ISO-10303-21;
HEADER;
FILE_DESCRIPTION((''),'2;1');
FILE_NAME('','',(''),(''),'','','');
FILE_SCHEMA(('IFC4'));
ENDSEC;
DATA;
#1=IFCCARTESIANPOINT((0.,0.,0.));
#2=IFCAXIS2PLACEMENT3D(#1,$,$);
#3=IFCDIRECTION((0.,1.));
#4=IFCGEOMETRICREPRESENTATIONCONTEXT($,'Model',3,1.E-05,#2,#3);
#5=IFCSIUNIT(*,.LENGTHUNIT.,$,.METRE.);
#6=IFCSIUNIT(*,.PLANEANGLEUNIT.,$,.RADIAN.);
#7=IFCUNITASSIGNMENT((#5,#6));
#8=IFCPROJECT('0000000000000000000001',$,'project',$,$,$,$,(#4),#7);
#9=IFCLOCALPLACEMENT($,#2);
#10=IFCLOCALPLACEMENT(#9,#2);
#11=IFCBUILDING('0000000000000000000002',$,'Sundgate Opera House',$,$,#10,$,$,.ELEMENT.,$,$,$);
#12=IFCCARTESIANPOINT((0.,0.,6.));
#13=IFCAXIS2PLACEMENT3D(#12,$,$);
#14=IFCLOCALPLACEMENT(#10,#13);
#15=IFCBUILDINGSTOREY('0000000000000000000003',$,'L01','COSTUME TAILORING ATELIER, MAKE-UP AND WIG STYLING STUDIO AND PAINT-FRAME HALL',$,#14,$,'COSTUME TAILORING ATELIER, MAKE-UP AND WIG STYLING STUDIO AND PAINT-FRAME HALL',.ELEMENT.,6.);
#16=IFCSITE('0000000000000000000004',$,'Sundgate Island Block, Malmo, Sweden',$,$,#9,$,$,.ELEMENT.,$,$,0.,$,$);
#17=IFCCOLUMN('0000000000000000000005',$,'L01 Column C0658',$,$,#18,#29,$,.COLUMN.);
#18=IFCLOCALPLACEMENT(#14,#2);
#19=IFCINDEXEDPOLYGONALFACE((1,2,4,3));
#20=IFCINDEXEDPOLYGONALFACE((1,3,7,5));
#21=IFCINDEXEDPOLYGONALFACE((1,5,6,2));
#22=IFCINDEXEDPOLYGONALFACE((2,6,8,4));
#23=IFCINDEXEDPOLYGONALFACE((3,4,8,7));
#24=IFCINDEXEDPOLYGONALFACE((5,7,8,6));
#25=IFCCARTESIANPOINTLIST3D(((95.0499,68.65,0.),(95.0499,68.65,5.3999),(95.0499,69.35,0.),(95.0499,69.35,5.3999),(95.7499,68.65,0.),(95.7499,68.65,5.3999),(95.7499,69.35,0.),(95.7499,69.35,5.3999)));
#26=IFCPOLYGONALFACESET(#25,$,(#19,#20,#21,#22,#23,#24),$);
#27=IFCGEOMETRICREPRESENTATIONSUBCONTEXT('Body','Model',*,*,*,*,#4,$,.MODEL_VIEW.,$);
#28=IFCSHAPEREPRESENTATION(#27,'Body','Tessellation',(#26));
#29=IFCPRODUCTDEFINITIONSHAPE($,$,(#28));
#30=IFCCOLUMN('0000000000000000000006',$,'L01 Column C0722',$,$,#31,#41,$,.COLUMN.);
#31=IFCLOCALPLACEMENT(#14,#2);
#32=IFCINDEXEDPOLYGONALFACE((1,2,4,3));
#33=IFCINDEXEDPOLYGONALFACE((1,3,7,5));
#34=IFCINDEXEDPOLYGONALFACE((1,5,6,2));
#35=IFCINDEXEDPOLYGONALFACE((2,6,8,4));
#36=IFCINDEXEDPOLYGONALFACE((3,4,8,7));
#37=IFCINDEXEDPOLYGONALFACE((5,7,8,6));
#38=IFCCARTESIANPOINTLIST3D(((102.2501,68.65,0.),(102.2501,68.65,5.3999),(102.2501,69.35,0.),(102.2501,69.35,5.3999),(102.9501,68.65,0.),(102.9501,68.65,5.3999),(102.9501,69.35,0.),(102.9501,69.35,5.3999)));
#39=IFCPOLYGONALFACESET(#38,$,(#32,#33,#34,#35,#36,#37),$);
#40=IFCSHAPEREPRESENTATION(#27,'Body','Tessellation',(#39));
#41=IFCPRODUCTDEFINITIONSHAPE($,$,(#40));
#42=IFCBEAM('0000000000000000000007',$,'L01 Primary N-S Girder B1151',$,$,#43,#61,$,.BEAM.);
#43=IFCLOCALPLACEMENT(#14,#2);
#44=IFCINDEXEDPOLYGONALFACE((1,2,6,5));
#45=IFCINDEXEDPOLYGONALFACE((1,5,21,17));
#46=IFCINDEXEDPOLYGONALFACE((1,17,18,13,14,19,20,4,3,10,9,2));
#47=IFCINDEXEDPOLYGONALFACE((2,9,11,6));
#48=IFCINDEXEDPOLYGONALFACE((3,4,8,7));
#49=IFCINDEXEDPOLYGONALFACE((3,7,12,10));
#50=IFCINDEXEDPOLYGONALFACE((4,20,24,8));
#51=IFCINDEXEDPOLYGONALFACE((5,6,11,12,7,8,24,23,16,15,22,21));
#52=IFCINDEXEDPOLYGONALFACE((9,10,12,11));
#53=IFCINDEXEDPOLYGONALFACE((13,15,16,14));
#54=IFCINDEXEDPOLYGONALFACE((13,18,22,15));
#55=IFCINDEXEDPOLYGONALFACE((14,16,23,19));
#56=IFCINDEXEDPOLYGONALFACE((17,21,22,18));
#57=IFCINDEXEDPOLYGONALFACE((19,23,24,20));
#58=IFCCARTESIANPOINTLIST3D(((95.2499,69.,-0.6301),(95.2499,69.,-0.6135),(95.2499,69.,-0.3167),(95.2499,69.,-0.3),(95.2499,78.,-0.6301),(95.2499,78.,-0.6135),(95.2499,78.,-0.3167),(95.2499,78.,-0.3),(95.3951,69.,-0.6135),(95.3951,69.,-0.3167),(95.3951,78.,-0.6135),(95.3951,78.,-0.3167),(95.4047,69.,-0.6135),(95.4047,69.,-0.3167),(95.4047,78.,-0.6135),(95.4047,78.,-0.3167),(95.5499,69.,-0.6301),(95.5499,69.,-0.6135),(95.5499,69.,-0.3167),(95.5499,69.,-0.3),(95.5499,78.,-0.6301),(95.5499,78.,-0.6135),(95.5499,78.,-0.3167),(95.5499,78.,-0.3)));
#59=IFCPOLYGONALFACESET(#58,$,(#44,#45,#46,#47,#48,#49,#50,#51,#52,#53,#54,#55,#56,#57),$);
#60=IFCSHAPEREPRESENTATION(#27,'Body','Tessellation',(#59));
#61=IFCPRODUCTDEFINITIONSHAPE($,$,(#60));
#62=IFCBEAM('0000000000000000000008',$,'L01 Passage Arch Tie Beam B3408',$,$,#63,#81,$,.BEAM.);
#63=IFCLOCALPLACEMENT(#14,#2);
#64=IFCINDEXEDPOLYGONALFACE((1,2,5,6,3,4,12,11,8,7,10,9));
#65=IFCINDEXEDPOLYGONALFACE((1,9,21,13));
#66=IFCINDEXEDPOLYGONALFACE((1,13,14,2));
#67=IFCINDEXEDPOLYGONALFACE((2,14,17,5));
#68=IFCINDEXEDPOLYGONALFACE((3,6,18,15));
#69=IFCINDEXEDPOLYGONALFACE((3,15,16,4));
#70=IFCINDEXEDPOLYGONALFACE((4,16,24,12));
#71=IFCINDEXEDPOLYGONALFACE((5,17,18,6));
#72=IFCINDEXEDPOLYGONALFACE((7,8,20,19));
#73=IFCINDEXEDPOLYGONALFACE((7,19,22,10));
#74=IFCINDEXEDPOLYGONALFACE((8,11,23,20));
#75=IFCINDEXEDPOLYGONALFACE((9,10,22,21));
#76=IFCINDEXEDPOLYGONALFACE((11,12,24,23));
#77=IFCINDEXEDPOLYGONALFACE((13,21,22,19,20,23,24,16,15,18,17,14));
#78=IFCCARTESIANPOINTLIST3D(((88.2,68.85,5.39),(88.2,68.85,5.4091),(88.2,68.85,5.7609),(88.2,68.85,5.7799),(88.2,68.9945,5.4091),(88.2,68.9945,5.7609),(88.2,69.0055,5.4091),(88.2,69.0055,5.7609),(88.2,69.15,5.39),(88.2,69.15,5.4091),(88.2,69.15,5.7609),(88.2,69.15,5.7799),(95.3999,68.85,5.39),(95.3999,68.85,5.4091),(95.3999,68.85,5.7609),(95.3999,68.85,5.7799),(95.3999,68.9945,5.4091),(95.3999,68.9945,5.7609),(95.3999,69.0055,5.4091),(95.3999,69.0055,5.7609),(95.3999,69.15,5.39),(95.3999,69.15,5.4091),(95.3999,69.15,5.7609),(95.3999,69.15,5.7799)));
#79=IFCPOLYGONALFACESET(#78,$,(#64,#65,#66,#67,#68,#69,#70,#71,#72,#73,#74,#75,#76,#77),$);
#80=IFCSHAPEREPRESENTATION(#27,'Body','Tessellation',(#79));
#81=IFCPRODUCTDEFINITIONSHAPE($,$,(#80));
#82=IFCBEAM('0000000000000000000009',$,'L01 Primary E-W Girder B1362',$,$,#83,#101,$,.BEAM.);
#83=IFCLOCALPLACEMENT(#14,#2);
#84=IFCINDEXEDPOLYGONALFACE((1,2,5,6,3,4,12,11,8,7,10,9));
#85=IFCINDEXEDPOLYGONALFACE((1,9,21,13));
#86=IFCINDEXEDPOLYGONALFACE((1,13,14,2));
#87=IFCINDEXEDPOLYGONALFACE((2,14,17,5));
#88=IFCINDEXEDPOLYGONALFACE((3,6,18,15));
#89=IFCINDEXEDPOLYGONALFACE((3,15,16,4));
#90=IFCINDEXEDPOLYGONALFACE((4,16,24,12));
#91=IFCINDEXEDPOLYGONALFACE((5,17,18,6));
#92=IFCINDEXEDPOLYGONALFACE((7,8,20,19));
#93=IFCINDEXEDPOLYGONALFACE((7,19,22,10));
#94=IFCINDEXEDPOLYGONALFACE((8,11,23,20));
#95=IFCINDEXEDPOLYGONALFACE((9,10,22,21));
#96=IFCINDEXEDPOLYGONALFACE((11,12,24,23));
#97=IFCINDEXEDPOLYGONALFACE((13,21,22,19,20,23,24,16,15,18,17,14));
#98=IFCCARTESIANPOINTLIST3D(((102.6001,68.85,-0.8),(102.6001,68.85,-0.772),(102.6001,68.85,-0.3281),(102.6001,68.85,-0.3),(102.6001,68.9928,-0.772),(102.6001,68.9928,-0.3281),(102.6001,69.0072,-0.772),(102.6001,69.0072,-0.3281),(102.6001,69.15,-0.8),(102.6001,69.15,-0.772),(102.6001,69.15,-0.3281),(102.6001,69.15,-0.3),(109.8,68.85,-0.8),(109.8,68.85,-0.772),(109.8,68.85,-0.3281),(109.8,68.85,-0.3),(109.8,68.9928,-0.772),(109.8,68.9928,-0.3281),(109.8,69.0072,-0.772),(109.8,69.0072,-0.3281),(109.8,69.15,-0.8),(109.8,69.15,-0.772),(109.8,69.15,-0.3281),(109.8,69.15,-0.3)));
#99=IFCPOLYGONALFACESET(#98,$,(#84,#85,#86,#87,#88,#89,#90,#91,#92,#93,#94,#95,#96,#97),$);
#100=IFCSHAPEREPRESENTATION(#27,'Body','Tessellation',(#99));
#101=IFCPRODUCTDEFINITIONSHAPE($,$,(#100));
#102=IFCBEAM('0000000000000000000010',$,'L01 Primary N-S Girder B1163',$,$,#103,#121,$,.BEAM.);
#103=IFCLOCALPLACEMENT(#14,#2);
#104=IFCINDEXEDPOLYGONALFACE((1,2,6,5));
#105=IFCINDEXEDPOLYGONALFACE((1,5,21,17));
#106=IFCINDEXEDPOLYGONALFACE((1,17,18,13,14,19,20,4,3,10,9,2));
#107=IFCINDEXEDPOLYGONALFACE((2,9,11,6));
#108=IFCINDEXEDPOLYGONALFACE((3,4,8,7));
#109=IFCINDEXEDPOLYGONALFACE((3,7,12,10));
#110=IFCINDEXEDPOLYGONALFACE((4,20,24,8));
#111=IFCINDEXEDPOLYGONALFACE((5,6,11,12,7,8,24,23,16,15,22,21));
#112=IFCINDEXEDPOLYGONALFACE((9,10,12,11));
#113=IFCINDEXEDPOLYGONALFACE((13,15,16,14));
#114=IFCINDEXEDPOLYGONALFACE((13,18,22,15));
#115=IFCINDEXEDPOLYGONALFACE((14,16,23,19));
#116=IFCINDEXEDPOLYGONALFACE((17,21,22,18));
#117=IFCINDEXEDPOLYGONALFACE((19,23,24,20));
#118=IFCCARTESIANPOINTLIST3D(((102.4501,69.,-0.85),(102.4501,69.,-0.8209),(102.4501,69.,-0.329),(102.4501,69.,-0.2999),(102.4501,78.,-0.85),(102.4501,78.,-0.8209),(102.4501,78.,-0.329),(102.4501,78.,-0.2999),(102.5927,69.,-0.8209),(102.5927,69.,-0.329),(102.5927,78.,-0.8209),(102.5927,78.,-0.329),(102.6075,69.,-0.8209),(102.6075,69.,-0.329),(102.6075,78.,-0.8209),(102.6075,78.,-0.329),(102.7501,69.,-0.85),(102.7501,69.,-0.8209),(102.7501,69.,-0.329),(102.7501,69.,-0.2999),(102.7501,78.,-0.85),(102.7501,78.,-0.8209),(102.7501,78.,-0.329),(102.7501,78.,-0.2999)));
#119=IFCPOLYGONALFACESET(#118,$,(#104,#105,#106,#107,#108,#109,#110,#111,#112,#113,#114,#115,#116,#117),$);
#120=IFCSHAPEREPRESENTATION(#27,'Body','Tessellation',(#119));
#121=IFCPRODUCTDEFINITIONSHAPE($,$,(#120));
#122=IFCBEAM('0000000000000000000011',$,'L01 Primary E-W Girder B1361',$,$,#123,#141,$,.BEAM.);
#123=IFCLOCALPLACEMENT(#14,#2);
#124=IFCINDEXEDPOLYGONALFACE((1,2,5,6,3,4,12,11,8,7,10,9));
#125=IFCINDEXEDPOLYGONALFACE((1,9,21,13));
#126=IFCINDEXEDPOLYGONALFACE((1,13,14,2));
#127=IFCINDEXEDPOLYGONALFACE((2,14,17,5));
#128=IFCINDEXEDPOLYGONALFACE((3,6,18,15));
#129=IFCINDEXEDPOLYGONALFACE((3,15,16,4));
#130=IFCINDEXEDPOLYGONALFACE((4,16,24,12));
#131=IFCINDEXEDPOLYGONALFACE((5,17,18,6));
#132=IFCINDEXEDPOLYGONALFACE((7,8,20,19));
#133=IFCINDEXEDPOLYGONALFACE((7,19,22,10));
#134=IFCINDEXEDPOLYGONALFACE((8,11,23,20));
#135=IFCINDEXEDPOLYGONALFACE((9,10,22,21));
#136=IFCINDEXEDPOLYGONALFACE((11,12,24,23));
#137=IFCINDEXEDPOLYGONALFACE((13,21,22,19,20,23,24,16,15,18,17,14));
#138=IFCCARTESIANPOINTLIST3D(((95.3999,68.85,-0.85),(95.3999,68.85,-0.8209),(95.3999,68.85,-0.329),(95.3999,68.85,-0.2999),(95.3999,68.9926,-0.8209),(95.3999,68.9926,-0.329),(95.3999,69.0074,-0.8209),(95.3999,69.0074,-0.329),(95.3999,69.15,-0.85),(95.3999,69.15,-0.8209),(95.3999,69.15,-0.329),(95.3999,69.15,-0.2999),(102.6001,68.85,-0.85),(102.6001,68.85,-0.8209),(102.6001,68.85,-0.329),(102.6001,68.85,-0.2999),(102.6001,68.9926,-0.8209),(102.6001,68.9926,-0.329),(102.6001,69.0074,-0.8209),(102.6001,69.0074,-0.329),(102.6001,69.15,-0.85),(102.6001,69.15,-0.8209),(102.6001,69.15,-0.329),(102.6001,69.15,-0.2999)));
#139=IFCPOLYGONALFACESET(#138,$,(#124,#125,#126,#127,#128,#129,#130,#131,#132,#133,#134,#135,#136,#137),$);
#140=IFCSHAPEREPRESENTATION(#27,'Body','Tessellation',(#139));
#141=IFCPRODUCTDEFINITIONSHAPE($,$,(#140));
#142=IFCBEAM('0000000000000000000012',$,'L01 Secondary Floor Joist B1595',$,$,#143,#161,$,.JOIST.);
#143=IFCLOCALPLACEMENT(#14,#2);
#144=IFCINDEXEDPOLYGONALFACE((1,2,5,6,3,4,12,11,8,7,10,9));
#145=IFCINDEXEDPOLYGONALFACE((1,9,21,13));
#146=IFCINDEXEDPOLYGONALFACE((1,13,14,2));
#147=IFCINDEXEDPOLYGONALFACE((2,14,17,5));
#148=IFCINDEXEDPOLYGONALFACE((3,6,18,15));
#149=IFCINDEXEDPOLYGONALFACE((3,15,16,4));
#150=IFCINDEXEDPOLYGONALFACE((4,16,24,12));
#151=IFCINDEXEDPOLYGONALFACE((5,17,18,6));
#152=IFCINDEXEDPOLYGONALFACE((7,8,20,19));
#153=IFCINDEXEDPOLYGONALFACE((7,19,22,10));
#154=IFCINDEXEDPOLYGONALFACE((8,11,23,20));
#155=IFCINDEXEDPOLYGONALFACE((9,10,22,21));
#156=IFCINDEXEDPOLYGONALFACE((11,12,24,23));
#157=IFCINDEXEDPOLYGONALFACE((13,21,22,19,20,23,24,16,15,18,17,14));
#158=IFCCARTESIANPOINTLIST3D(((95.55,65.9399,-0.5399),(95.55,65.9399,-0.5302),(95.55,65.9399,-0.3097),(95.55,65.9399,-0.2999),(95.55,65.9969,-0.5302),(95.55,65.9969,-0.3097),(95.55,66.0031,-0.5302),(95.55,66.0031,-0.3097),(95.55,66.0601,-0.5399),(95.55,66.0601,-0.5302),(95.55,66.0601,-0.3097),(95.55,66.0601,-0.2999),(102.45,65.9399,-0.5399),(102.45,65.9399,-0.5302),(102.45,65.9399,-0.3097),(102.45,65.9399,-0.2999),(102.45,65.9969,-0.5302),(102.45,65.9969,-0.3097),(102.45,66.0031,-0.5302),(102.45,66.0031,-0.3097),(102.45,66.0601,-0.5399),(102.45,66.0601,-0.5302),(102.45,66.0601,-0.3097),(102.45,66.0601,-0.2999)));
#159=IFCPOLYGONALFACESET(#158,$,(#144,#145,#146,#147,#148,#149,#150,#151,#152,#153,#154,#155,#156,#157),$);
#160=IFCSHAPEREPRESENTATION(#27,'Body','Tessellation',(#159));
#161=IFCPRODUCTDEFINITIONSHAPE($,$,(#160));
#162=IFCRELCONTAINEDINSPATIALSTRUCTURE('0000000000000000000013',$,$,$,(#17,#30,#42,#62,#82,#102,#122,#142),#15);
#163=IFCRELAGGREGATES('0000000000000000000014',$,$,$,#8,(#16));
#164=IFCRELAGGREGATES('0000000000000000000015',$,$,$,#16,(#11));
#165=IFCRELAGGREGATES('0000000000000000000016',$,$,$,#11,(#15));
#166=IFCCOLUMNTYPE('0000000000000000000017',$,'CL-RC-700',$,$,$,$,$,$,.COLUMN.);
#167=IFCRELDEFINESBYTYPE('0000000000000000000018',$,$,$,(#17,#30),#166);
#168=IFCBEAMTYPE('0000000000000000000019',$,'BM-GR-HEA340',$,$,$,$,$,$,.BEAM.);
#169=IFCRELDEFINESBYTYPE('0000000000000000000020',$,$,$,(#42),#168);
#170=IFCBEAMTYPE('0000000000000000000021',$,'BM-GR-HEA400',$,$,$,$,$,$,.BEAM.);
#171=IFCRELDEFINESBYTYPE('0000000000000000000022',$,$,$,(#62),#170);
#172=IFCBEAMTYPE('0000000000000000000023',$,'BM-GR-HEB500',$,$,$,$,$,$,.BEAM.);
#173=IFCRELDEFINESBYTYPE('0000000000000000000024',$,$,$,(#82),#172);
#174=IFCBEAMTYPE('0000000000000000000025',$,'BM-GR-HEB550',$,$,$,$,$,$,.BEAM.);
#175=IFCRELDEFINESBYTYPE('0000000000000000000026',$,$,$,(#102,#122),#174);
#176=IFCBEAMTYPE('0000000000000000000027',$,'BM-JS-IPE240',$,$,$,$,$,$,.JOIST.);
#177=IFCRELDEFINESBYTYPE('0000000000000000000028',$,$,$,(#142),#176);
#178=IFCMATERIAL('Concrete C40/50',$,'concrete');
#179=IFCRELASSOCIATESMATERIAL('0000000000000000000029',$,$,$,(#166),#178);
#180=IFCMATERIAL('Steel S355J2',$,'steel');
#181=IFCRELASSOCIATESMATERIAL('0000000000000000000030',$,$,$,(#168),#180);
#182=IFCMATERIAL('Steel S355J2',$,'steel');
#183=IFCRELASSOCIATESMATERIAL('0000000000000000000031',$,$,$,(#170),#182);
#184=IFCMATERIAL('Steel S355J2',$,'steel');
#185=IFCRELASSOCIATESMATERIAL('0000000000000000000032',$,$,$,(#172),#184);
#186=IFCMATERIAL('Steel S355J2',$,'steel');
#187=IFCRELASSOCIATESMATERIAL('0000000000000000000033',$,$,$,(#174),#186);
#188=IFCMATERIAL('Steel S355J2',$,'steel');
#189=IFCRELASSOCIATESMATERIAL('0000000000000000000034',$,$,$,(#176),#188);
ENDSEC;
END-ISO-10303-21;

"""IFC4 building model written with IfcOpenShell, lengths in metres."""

from ifc_helpers import new_model, si_unit, direction, frame, origin, origin_2d, place, context, subcontext, project, spatial, rectangle, i_section, extrude, material, material_profile, profile_set, type_object, element, save


model = new_model("IFC4")

# Units and contexts
model_context = context("Model", 3, precision=1e-05, world=origin(), true_north=direction((0.0, 1.0)))
body_context = subcontext(model_context, "Body", "Model", "MODEL_VIEW")
ifc_project = project(units=[si_unit("LENGTHUNIT", "METRE"), si_unit("PLANEANGLEUNIT", "RADIAN")], contexts=[model_context])

# Site, building, storey
site_placement = place(None, origin())
site = spatial("IfcSite", under=ifc_project, at=site_placement, Name="Sundgate Island Block, Malmo, Sweden", CompositionType="ELEMENT", RefElevation=0.0)
building_placement = place(site_placement, origin())
building = spatial("IfcBuilding", under=site, at=building_placement, Name="Sundgate Opera House", CompositionType="ELEMENT")
storey_placement = place(building_placement, frame((0.0, 0.0, 6.0)))
storey = spatial("IfcBuildingStorey", under=building, at=storey_placement, Name="L01", Description="COSTUME TAILORING ATELIER, MAKE-UP AND WIG STYLING STUDIO AND PAINT-FRAME HALL", LongName="COSTUME TAILORING ATELIER, MAKE-UP AND WIG STYLING STUDIO AND PAINT-FRAME HALL", CompositionType="ELEMENT", Elevation=6.0)

# Columns
ifc_material_1 = material(Name="Concrete C40/50", Category="concrete")
ifc_material_profile_1 = material_profile(ifc_material_1, rectangle(XDim=0.7, YDim=0.7, at=origin_2d()), Name="RC 700x700")
ifc_profile_set_1 = profile_set([ifc_material_profile_1], Name="Concrete C40/50")
column_type = type_object("IfcColumnType", Name="CL-RC-700", PredefinedType="COLUMN", material=ifc_profile_set_1)
for number, where, z_axis, x_axis, name in (
    (1, (95.3999, 69.0, 0.0), (0.0, 0.0, 1.0), (1.0, 0.0, 0.0), "L01 Column C0658"),
    (2, (102.6001, 69.0, 0.0), (0.0, 0.0, 1.0), (1.0, 0.0, 0.0), "L01 Column C0722"),
):
    element("IfcColumn", number, at=place(storey_placement, frame(where, z_axis=z_axis, x_axis=x_axis)), inside=storey, type_object=column_type, Name=name, PredefinedType="COLUMN", context=body_context, shape_type="SweptSolid", body=[
        extrude(rectangle(XDim=0.7, YDim=0.7, at=origin_2d()), origin(), (0.0, 0.0, 1.0), 5.3999),
    ])

# Beams
ifc_material_2 = material(Name="Steel S355J2", Category="steel")
ifc_material_profile_2 = material_profile(ifc_material_2, i_section(OverallWidth=0.3, OverallDepth=0.3301, WebThickness=0.0095, FlangeThickness=0.0166, at=origin_2d()), Name="HEA 340")
ifc_profile_set_2 = profile_set([ifc_material_profile_2], Name="Steel S355J2")
beam_type_1 = type_object("IfcBeamType", Name="BM-GR-HEA340", PredefinedType="BEAM", material=ifc_profile_set_2)
beam_1_placement = place(storey_placement, frame((95.3999, 69.0, -0.4651), z_axis=(0.0, 1.0, 0.0), x_axis=(-1.0, 0.0, 0.0)))
element("IfcBeam", 3, at=beam_1_placement, inside=storey, type_object=beam_type_1, Name="L01 Primary N-S Girder B1151", PredefinedType="BEAM", context=body_context, shape_type="SweptSolid", body=[
    extrude(i_section(OverallWidth=0.3, OverallDepth=0.3301, WebThickness=0.0095, FlangeThickness=0.0166, at=origin_2d()), origin(), (0.0, 0.0, 1.0), 9.0),
])
ifc_material_3 = material(Name="Steel S355J2", Category="steel")
ifc_material_profile_3 = material_profile(ifc_material_3, i_section(OverallWidth=0.3, OverallDepth=0.3899, WebThickness=0.011, FlangeThickness=0.019, at=origin_2d()), Name="HEA 400")
ifc_profile_set_3 = profile_set([ifc_material_profile_3], Name="Steel S355J2")
beam_type_2 = type_object("IfcBeamType", Name="BM-GR-HEA400", PredefinedType="BEAM", material=ifc_profile_set_3)
beam_2_placement = place(storey_placement, frame((88.2, 69.0, 5.585), z_axis=(1.0, 0.0, 0.0), x_axis=(0.0, 1.0, 0.0)))
element("IfcBeam", 4, at=beam_2_placement, inside=storey, type_object=beam_type_2, Name="L01 Passage Arch Tie Beam B3408", PredefinedType="BEAM", context=body_context, shape_type="SweptSolid", body=[
    extrude(i_section(OverallWidth=0.3, OverallDepth=0.3899, WebThickness=0.011, FlangeThickness=0.019, at=origin_2d()), origin(), (0.0, 0.0, 1.0), 7.2),
])
ifc_material_4 = material(Name="Steel S355J2", Category="steel")
ifc_material_profile_4 = material_profile(ifc_material_4, i_section(OverallWidth=0.3, OverallDepth=0.5, WebThickness=0.0144, FlangeThickness=0.0281, at=origin_2d()), Name="HEB 500")
ifc_profile_set_4 = profile_set([ifc_material_profile_4], Name="Steel S355J2")
beam_type_3 = type_object("IfcBeamType", Name="BM-GR-HEB500", PredefinedType="BEAM", material=ifc_profile_set_4)
beam_3_placement = place(storey_placement, frame((102.6001, 69.0, -0.55), z_axis=(1.0, 0.0, 0.0), x_axis=(0.0, 1.0, 0.0)))
element("IfcBeam", 5, at=beam_3_placement, inside=storey, type_object=beam_type_3, Name="L01 Primary E-W Girder B1362", PredefinedType="BEAM", context=body_context, shape_type="SweptSolid", body=[
    extrude(i_section(OverallWidth=0.3, OverallDepth=0.5, WebThickness=0.0144, FlangeThickness=0.0281, at=origin_2d()), origin(), (0.0, 0.0, 1.0), 7.2),
])
ifc_material_5 = material(Name="Steel S355J2", Category="steel")
ifc_material_profile_5 = material_profile(ifc_material_5, i_section(OverallWidth=0.3, OverallDepth=0.55, WebThickness=0.0149, FlangeThickness=0.0291, at=origin_2d()), Name="HEB 550")
ifc_profile_set_5 = profile_set([ifc_material_profile_5], Name="Steel S355J2")
beam_type_4 = type_object("IfcBeamType", Name="BM-GR-HEB550", PredefinedType="BEAM", material=ifc_profile_set_5)
beam_4_placement = place(storey_placement, frame((102.6001, 69.0, -0.575), z_axis=(0.0, 1.0, 0.0), x_axis=(-1.0, 0.0, 0.0)))
element("IfcBeam", 6, at=beam_4_placement, inside=storey, type_object=beam_type_4, Name="L01 Primary N-S Girder B1163", PredefinedType="BEAM", context=body_context, shape_type="SweptSolid", body=[
    extrude(i_section(OverallWidth=0.3, OverallDepth=0.55, WebThickness=0.0149, FlangeThickness=0.0291, at=origin_2d()), origin(), (0.0, 0.0, 1.0), 9.0),
])
beam_5_placement = place(storey_placement, frame((95.3999, 69.0, -0.575), z_axis=(1.0, 0.0, 0.0), x_axis=(0.0, 1.0, 0.0)))
element("IfcBeam", 7, at=beam_5_placement, inside=storey, type_object=beam_type_4, Name="L01 Primary E-W Girder B1361", PredefinedType="BEAM", context=body_context, shape_type="SweptSolid", body=[
    extrude(i_section(OverallWidth=0.3, OverallDepth=0.55, WebThickness=0.0149, FlangeThickness=0.0291, at=origin_2d()), origin(), (0.0, 0.0, 1.0), 7.2002),
])
ifc_material_6 = material(Name="Steel S355J2", Category="steel")
ifc_material_profile_6 = material_profile(ifc_material_6, i_section(OverallWidth=0.1201, OverallDepth=0.24, WebThickness=0.0061, FlangeThickness=0.0098, at=origin_2d()), Name="IPE 240")
ifc_profile_set_6 = profile_set([ifc_material_profile_6], Name="Steel S355J2")
beam_type_5 = type_object("IfcBeamType", Name="BM-JS-IPE240", PredefinedType="JOIST", material=ifc_profile_set_6)
beam_6_placement = place(storey_placement, frame((95.55, 66.0, -0.4199), z_axis=(1.0, 0.0, 0.0), x_axis=(0.0, 1.0, 0.0)))
element("IfcBeam", 8, at=beam_6_placement, inside=storey, type_object=beam_type_5, Name="L01 Secondary Floor Joist B1595", PredefinedType="JOIST", context=body_context, shape_type="SweptSolid", body=[
    extrude(i_section(OverallWidth=0.1201, OverallDepth=0.24, WebThickness=0.0061, FlangeThickness=0.0098, at=origin_2d()), origin(), (0.0, 0.0, 1.0), 6.8999),
])

save(model, "model.ifc")
